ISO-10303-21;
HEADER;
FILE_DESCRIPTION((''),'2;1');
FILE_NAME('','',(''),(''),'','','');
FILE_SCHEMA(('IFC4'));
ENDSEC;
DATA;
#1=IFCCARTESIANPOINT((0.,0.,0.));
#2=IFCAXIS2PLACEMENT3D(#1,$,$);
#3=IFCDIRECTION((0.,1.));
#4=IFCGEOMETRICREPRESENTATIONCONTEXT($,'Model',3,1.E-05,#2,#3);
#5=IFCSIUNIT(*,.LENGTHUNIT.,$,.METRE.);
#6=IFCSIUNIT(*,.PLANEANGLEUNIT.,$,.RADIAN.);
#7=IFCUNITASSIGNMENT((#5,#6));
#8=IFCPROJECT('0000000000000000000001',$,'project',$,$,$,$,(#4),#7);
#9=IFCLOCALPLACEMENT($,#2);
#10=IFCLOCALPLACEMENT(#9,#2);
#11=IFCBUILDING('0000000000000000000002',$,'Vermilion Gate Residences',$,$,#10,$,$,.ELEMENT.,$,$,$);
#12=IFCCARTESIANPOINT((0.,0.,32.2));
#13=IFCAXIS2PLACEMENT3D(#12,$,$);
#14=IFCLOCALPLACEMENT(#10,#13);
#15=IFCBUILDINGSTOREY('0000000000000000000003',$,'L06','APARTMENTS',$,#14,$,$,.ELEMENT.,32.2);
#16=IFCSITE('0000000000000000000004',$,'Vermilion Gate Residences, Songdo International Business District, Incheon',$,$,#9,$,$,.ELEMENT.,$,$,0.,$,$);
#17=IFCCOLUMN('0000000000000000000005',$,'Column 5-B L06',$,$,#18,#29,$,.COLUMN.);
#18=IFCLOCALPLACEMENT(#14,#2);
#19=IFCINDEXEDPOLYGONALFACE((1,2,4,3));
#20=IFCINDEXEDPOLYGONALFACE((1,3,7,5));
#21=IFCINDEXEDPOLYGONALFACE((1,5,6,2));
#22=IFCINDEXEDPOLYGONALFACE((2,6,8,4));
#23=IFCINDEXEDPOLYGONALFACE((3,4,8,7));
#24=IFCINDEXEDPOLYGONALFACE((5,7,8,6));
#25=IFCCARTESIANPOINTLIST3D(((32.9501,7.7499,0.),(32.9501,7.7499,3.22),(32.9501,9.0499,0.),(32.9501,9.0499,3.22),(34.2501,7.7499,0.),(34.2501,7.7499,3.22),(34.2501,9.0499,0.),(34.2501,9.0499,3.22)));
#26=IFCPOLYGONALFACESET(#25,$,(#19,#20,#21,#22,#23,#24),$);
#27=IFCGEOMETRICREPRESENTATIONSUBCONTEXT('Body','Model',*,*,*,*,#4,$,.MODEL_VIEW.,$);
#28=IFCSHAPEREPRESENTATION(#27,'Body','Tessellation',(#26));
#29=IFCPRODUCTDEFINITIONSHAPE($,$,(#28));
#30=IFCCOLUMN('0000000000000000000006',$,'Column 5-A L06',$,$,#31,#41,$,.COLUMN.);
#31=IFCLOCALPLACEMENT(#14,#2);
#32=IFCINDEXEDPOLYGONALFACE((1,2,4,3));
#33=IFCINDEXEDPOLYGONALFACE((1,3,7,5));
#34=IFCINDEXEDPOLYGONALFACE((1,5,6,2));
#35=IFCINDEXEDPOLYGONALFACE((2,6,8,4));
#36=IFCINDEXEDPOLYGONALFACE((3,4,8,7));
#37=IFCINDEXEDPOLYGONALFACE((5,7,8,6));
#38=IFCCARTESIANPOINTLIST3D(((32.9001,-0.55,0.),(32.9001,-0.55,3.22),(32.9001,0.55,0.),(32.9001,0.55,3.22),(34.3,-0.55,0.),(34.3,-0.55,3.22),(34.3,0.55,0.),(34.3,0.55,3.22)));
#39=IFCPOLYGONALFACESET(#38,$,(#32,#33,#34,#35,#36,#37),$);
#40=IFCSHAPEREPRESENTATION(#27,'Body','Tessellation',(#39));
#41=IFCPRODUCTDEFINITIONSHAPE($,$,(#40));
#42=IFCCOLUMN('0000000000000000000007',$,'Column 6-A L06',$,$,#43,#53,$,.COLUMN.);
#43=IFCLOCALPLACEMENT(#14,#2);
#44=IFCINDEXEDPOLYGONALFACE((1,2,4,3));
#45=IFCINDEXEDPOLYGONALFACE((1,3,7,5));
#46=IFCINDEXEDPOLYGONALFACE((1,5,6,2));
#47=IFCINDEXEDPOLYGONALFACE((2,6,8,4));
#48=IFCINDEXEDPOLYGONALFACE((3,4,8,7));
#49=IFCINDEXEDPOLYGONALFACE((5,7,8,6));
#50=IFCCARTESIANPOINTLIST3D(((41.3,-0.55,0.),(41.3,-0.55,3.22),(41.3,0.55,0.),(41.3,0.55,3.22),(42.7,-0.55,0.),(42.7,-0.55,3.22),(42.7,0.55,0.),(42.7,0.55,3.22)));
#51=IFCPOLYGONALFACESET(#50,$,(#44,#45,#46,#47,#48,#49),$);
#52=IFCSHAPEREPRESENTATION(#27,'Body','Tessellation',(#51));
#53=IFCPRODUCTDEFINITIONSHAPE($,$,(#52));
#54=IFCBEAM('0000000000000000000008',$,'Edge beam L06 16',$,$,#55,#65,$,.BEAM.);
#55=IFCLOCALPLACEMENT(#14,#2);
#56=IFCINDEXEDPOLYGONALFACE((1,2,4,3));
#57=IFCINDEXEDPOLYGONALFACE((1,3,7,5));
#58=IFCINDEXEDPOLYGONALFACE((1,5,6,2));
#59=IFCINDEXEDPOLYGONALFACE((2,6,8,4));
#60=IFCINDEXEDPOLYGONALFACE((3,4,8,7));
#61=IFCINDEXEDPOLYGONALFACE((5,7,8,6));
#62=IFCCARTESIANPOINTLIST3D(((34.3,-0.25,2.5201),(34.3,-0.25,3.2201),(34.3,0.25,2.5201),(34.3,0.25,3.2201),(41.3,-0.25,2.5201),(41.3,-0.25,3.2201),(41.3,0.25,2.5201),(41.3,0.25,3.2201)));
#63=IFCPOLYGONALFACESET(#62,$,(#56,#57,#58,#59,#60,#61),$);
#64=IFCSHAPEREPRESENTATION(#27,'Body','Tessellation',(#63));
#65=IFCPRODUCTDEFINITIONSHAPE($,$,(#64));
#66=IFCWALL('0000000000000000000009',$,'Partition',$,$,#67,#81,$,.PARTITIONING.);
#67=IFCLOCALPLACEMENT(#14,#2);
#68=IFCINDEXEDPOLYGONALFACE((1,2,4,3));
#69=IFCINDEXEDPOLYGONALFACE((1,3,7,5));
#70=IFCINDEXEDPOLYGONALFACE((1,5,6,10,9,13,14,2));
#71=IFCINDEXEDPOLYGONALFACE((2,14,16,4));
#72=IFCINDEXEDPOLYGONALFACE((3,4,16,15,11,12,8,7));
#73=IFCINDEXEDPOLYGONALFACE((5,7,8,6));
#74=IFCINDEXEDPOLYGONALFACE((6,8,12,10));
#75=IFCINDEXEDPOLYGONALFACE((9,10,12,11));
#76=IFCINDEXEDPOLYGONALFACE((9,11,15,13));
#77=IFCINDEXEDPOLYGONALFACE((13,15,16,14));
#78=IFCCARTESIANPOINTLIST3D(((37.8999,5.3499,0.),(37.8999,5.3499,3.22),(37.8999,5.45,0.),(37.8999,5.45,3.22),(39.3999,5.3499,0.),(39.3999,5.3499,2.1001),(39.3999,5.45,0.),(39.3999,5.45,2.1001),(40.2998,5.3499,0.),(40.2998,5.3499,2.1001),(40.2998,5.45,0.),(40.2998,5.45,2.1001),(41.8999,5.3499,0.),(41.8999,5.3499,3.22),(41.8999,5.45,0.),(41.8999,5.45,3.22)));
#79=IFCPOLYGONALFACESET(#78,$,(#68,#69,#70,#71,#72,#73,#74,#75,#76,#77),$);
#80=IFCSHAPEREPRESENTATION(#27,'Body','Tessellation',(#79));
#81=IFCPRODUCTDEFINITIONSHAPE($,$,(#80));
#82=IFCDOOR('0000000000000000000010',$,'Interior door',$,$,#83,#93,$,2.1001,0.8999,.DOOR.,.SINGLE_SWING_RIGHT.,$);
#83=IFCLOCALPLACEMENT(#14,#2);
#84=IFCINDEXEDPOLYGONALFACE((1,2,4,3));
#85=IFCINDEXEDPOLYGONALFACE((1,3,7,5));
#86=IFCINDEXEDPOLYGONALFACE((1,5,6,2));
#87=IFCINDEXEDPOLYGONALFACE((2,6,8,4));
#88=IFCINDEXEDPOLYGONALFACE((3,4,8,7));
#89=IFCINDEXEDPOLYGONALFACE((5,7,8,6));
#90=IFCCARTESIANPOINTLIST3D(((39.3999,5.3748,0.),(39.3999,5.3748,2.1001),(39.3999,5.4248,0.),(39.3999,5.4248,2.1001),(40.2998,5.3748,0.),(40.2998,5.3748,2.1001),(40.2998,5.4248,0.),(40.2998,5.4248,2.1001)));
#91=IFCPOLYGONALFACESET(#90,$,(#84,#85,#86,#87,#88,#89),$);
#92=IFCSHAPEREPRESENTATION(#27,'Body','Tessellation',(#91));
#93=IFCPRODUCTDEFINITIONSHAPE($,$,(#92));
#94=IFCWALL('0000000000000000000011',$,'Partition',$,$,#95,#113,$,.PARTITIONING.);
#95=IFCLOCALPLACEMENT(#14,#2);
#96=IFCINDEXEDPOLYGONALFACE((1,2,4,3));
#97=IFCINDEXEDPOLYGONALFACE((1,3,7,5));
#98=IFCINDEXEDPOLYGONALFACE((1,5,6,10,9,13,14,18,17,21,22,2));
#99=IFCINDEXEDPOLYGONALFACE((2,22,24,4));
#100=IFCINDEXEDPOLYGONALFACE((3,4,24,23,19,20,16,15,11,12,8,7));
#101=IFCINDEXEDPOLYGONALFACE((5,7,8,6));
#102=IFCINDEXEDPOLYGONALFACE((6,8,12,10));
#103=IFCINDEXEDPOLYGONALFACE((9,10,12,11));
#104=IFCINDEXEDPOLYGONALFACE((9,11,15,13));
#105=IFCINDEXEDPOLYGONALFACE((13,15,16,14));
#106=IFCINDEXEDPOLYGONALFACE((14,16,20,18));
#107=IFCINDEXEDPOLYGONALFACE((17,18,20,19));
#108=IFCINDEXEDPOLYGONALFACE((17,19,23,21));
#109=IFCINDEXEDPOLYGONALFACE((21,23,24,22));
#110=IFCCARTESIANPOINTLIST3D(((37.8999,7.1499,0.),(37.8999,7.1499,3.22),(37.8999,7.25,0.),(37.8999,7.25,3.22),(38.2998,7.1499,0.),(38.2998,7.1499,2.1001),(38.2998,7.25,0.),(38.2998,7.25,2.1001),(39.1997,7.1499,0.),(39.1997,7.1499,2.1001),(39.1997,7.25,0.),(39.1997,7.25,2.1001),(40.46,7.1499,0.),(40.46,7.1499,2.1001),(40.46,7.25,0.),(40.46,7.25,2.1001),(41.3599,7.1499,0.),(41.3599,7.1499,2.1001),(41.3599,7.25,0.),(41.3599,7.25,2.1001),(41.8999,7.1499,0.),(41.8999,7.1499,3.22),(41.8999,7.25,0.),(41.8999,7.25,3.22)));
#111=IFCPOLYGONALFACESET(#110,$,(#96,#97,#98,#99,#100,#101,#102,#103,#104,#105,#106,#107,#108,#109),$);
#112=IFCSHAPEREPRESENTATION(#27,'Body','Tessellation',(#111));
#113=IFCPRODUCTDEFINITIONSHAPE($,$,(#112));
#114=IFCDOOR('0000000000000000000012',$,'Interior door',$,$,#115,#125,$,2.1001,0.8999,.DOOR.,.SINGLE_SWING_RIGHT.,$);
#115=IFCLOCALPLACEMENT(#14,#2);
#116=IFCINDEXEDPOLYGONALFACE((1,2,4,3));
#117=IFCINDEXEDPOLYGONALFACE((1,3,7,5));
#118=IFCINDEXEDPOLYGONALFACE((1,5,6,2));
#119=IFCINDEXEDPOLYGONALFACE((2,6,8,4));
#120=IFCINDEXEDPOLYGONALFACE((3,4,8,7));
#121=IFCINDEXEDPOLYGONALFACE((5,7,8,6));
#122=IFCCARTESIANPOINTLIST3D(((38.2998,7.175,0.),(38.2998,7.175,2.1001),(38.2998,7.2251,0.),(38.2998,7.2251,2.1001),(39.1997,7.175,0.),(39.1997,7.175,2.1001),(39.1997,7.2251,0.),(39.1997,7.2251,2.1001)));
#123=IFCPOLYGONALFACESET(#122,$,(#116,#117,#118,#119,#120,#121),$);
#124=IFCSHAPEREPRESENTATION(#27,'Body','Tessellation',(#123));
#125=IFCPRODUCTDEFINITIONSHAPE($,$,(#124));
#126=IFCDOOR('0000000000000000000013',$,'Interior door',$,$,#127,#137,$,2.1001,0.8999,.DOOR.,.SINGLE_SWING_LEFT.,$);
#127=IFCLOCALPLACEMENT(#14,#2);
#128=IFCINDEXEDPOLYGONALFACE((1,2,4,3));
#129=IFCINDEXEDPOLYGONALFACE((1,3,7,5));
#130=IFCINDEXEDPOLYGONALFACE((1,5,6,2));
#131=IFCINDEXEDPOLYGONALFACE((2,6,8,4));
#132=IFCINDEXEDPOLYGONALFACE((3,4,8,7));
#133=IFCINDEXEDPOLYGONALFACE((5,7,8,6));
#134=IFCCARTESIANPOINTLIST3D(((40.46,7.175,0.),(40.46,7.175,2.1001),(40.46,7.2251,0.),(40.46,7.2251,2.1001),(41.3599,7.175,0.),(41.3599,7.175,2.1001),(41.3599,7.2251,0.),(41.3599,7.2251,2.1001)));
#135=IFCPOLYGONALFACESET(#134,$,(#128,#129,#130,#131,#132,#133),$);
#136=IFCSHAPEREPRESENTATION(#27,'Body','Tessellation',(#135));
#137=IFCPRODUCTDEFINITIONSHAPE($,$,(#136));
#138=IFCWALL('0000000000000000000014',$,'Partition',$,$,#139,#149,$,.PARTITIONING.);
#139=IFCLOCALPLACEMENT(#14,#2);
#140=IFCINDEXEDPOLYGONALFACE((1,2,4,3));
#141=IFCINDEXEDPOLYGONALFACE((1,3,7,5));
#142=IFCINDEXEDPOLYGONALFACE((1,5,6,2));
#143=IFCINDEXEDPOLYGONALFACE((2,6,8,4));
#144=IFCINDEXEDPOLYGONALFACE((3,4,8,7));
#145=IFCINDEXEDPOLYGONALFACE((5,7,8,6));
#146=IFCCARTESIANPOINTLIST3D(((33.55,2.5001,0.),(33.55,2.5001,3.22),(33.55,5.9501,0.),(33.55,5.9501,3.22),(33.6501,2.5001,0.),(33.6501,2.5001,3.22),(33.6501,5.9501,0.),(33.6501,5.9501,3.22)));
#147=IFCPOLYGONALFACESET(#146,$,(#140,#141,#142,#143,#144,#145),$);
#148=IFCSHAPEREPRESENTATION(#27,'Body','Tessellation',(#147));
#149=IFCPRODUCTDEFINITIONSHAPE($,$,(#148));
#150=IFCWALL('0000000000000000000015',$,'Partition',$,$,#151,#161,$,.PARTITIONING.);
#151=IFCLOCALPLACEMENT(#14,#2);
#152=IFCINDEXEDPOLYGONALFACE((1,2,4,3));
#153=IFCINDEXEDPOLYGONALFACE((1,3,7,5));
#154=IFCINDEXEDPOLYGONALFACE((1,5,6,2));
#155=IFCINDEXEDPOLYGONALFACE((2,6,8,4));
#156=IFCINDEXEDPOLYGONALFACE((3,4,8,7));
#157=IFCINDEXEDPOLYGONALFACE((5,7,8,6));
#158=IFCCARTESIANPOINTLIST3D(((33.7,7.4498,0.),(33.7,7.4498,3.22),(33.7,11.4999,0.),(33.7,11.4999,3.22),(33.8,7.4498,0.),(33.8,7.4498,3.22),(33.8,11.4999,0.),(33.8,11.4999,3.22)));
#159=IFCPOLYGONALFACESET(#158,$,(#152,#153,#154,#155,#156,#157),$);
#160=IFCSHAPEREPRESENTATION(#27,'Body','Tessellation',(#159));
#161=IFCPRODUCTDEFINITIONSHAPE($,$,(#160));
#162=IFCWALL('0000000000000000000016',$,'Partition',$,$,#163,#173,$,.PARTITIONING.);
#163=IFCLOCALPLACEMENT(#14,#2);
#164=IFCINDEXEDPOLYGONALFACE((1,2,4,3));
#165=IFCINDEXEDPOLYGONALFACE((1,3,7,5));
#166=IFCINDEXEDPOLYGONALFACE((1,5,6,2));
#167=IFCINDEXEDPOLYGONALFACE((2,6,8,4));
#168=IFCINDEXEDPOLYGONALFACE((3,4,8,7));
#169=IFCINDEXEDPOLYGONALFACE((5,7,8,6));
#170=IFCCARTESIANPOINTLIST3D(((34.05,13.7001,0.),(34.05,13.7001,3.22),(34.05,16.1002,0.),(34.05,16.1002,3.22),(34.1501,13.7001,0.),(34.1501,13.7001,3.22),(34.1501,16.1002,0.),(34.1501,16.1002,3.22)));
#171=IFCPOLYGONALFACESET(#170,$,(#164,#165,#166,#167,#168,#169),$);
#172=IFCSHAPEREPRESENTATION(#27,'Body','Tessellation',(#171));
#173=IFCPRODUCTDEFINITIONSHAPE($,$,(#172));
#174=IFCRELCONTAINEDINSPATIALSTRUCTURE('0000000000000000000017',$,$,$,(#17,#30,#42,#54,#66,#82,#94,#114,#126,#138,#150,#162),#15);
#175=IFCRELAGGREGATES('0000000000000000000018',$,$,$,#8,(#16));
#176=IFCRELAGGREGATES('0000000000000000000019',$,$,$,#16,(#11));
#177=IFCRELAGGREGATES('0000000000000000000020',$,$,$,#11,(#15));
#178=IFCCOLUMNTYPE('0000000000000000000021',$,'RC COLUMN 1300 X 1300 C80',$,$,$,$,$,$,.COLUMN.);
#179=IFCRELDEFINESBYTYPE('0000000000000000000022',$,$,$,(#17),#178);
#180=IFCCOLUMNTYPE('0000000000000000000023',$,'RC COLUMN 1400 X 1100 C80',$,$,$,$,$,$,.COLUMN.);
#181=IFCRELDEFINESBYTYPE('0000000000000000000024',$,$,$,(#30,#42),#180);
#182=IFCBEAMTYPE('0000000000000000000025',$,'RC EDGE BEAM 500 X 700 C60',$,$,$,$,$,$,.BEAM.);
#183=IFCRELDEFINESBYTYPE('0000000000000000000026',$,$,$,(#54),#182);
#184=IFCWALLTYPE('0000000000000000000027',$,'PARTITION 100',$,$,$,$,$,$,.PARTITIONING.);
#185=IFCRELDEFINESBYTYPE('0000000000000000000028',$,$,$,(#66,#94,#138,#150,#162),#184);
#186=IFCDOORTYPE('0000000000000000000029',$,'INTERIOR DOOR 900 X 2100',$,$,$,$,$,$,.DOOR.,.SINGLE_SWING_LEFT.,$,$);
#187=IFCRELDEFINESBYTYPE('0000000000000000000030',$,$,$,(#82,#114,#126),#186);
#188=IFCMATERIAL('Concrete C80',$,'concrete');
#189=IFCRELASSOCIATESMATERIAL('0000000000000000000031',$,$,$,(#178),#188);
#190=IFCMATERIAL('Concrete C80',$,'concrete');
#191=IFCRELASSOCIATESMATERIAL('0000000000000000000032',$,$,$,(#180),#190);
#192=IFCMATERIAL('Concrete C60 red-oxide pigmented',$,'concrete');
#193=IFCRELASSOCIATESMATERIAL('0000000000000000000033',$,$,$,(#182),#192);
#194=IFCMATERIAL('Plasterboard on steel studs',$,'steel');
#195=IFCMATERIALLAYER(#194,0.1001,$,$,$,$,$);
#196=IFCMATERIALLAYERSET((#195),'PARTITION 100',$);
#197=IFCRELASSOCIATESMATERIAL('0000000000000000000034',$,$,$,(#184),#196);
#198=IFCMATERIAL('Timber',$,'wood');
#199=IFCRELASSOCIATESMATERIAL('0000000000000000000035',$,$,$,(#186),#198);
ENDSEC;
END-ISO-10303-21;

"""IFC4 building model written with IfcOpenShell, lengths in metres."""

from ifc_helpers import new_model, si_unit, direction, frame, frame_2d, origin, origin_2d, place, context, subcontext, project, spatial, rectangle, extrude, material, layer, layer_set, material_profile, profile_set, type_object, element, fill, save


model = new_model("IFC4")

# Units and contexts
model_context = context("Model", 3, precision=1e-05, world=origin(), true_north=direction((0.0, 1.0)))
body_context = subcontext(model_context, "Body", "Model", "MODEL_VIEW")
ifc_project = project(units=[si_unit("LENGTHUNIT", "METRE"), si_unit("PLANEANGLEUNIT", "RADIAN")], contexts=[model_context])

# Site, building, storey
site_placement = place(None, origin())
site = spatial("IfcSite", under=ifc_project, at=site_placement, Name="Vermilion Gate Residences, Songdo International Business District, Incheon", CompositionType="ELEMENT", RefElevation=0.0)
building_placement = place(site_placement, origin())
building = spatial("IfcBuilding", under=site, at=building_placement, Name="Vermilion Gate Residences", CompositionType="ELEMENT")
storey_placement = place(building_placement, frame((0.0, 0.0, 32.2)))
storey = spatial("IfcBuildingStorey", under=building, at=storey_placement, Name="L06", Description="APARTMENTS", CompositionType="ELEMENT", Elevation=32.2)

# Columns
ifc_material_1 = material(Name="Concrete C80", Category="concrete")
ifc_material_profile_1 = material_profile(ifc_material_1, rectangle(XDim=1.3, YDim=1.3, at=origin_2d()), Name="RC-1300x1300")
ifc_profile_set_1 = profile_set([ifc_material_profile_1], Name="Concrete C80")
column_type_1 = type_object("IfcColumnType", Name="RC COLUMN 1300 X 1300 C80", PredefinedType="COLUMN", material=ifc_profile_set_1)
column_placement = place(storey_placement, frame((33.6001, 8.3999, 0.0), z_axis=(0.0, 0.0, 1.0), x_axis=(1.0, 0.0, 0.0)))
element("IfcColumn", 1, at=column_placement, inside=storey, type_object=column_type_1, Name="Column 5-B L06", PredefinedType="COLUMN", context=body_context, shape_type="SweptSolid", body=[
    extrude(rectangle(XDim=1.3, YDim=1.3, at=origin_2d()), origin(), (0.0, 0.0, 1.0), 3.22),
])
ifc_material_2 = material(Name="Concrete C80", Category="concrete")
ifc_material_profile_2 = material_profile(ifc_material_2, rectangle(XDim=1.3999, YDim=1.1001, at=origin_2d()), Name="RC-1400x1100")
ifc_profile_set_2 = profile_set([ifc_material_profile_2], Name="Concrete C80")
column_type_2 = type_object("IfcColumnType", Name="RC COLUMN 1400 X 1100 C80", PredefinedType="COLUMN", material=ifc_profile_set_2)
for number, where, z_axis, x_axis, name in (
    (2, (33.6001, 0.0, 0.0), (0.0, 0.0, 1.0), (1.0, 0.0, 0.0), "Column 5-A L06"),
    (3, (42.0, 0.0, 0.0), (0.0, 0.0, 1.0), (1.0, 0.0, 0.0), "Column 6-A L06"),
):
    element("IfcColumn", number, at=place(storey_placement, frame(where, z_axis=z_axis, x_axis=x_axis)), inside=storey, type_object=column_type_2, Name=name, PredefinedType="COLUMN", context=body_context, shape_type="SweptSolid", body=[
        extrude(rectangle(XDim=1.3999, YDim=1.1001, at=origin_2d()), origin(), (0.0, 0.0, 1.0), 3.22),
    ])

# Beam
ifc_material_3 = material(Name="Concrete C60 red-oxide pigmented", Category="concrete")
ifc_material_profile_3 = material_profile(ifc_material_3, rectangle(XDim=0.5, YDim=0.7, at=origin_2d()), Name="RC-500x700")
ifc_profile_set_3 = profile_set([ifc_material_profile_3], Name="Concrete C60 red-oxide pigmented")
beam_type = type_object("IfcBeamType", Name="RC EDGE BEAM 500 X 700 C60", PredefinedType="BEAM", material=ifc_profile_set_3)
beam_placement = place(storey_placement, frame((34.3, 0.0, 2.8701), z_axis=(1.0, 0.0, 0.0), x_axis=(0.0, 1.0, 0.0)))
element("IfcBeam", 4, at=beam_placement, inside=storey, type_object=beam_type, Name="Edge beam L06 16", PredefinedType="BEAM", context=body_context, shape_type="SweptSolid", body=[
    extrude(rectangle(XDim=0.5, YDim=0.7, at=origin_2d()), origin(), (0.0, 0.0, 1.0), 7.0),
])

# Wall, opening, door
ifc_material_4 = material(Name="Plasterboard on steel studs", Category="steel")
ifc_layer_1 = layer(ifc_material_4, 0.1001)
ifc_layer_set_1 = layer_set([ifc_layer_1], Name="PARTITION 100")
wall_type_1 = type_object("IfcWallType", Name="PARTITION 100", PredefinedType="PARTITIONING", material=ifc_layer_set_1)
wall_1_placement = place(storey_placement, frame((37.8999, 5.3999, 0.0), z_axis=(0.0, 0.0, 1.0), x_axis=(1.0, 0.0, 0.0)))
wall_1 = element("IfcWall", 5, at=wall_1_placement, inside=storey, type_object=wall_type_1, Name="Partition", PredefinedType="PARTITIONING", context=body_context, shape_type="SweptSolid", body=[
    extrude(rectangle(XDim=4.0, YDim=0.1001, at=frame_2d((2.0, 0.0))), origin(), (0.0, 0.0, 1.0), 3.22),
])
opening_1_placement = place(wall_1_placement, frame((1.5, 0.0, 0.0)))
opening_1 = element("IfcOpeningElement", 6, at=opening_1_placement, cuts=wall_1, PredefinedType="OPENING", context=body_context, shape_type="SweptSolid", body=[
    extrude(rectangle(XDim=0.8999, YDim=2.1001, at=frame_2d((0.45, 1.05))), frame((0.0, 0.0601, 0.0), z_axis=(0.0, -1.0, 0.0), x_axis=(1.0, 0.0, 0.0)), (0.0, 0.0, 1.0), 0.1201),
])
ifc_material_5 = material(Name="Timber", Category="wood")
door_type_1 = type_object("IfcDoorType", Name="INTERIOR DOOR 900 X 2100", OperationType="SINGLE_SWING_LEFT", PredefinedType="DOOR", material=ifc_material_5)
door_1_placement = place(opening_1_placement, origin())
door_1 = element("IfcDoor", 7, at=door_1_placement, inside=storey, type_object=door_type_1, Name="Interior door", OperationType="SINGLE_SWING_RIGHT", OverallHeight=2.1001, OverallWidth=0.8999, PredefinedType="DOOR", context=body_context, shape_type="SweptSolid", body=[
    extrude(rectangle(XDim=0.8999, YDim=2.1001, at=frame_2d((0.45, 1.05))), frame((0.0, 0.0249, 0.0), z_axis=(0.0, -1.0, 0.0), x_axis=(1.0, 0.0, 0.0)), (0.0, 0.0, 1.0), 0.05),
])
fill(opening_1, door_1)

# Wall, openings, doors
wall_2_placement = place(storey_placement, frame((37.8999, 7.2, 0.0), z_axis=(0.0, 0.0, 1.0), x_axis=(1.0, 0.0, 0.0)))
wall_2 = element("IfcWall", 8, at=wall_2_placement, inside=storey, type_object=wall_type_1, Name="Partition", PredefinedType="PARTITIONING", context=body_context, shape_type="SweptSolid", body=[
    extrude(rectangle(XDim=4.0, YDim=0.1001, at=frame_2d((2.0, 0.0))), origin(), (0.0, 0.0, 1.0), 3.22),
])
opening_2_placement = place(wall_2_placement, frame((0.3999, 0.0, 0.0)))
opening_2 = element("IfcOpeningElement", 9, at=opening_2_placement, cuts=wall_2, PredefinedType="OPENING", context=body_context, shape_type="SweptSolid", body=[
    extrude(rectangle(XDim=0.8999, YDim=2.1001, at=frame_2d((0.45, 1.05))), frame((0.0, 0.0601, 0.0), z_axis=(0.0, -1.0, 0.0), x_axis=(1.0, 0.0, 0.0)), (0.0, 0.0, 1.0), 0.1201),
])
opening_3_placement = place(wall_2_placement, frame((2.5601, 0.0, 0.0)))
opening_3 = element("IfcOpeningElement", 10, at=opening_3_placement, cuts=wall_2, PredefinedType="OPENING", context=body_context, shape_type="SweptSolid", body=[
    extrude(rectangle(XDim=0.8999, YDim=2.1001, at=frame_2d((0.45, 1.05))), frame((0.0, 0.0601, 0.0), z_axis=(0.0, -1.0, 0.0), x_axis=(1.0, 0.0, 0.0)), (0.0, 0.0, 1.0), 0.1201),
])
door_2_placement = place(opening_2_placement, frame((0.8999, 0.0, 0.0), z_axis=(0.0, 0.0, 1.0), x_axis=(-1.0, 0.0, 0.0)))
door_2 = element("IfcDoor", 11, at=door_2_placement, inside=storey, type_object=door_type_1, Name="Interior door", OperationType="SINGLE_SWING_RIGHT", OverallHeight=2.1001, OverallWidth=0.8999, PredefinedType="DOOR", context=body_context, shape_type="SweptSolid", body=[
    extrude(rectangle(XDim=0.8999, YDim=2.1001, at=frame_2d((0.45, 1.05))), frame((0.0, 0.0249, 0.0), z_axis=(0.0, -1.0, 0.0), x_axis=(1.0, 0.0, 0.0)), (0.0, 0.0, 1.0), 0.05),
])
fill(opening_2, door_2)
door_3_placement = place(opening_3_placement, frame((0.8999, 0.0, 0.0), z_axis=(0.0, 0.0, 1.0), x_axis=(-1.0, 0.0, 0.0)))
door_3 = element("IfcDoor", 12, at=door_3_placement, inside=storey, type_object=door_type_1, Name="Interior door", OperationType="SINGLE_SWING_LEFT", OverallHeight=2.1001, OverallWidth=0.8999, PredefinedType="DOOR", context=body_context, shape_type="SweptSolid", body=[
    extrude(rectangle(XDim=0.8999, YDim=2.1001, at=frame_2d((0.45, 1.05))), frame((0.0, 0.0249, 0.0), z_axis=(0.0, -1.0, 0.0), x_axis=(1.0, 0.0, 0.0)), (0.0, 0.0, 1.0), 0.05),
])
fill(opening_3, door_3)

# Walls
wall_3_placement = place(storey_placement, frame((33.6001, 2.5, 0.0), z_axis=(0.0, 0.0, 1.0), x_axis=(0.0, 1.0, 0.0)))
element("IfcWall", 13, at=wall_3_placement, inside=storey, type_object=wall_type_1, Name="Partition", PredefinedType="PARTITIONING", context=body_context, shape_type="SweptSolid", body=[
    extrude(rectangle(XDim=3.45, YDim=0.1001, at=frame_2d((1.7251, 0.0))), origin(), (0.0, 0.0, 1.0), 3.22),
])
wall_4_placement = place(storey_placement, frame((33.75, 7.45, 0.0), z_axis=(0.0, 0.0, 1.0), x_axis=(0.0, 1.0, 0.0)))
element("IfcWall", 14, at=wall_4_placement, inside=storey, type_object=wall_type_1, Name="Partition", PredefinedType="PARTITIONING", context=body_context, shape_type="SweptSolid", body=[
    extrude(rectangle(XDim=4.05, YDim=0.1001, at=frame_2d((2.0249, 0.0))), origin(), (0.0, 0.0, 1.0), 3.22),
])
wall_5_placement = place(storey_placement, frame((34.1001, 13.7, 0.0), z_axis=(0.0, 0.0, 1.0), x_axis=(0.0, 1.0, 0.0)))
element("IfcWall", 15, at=wall_5_placement, inside=storey, type_object=wall_type_1, Name="Partition", PredefinedType="PARTITIONING", context=body_context, shape_type="SweptSolid", body=[
    extrude(rectangle(XDim=2.4001, YDim=0.1001, at=frame_2d((1.2002, 0.0))), origin(), (0.0, 0.0, 1.0), 3.22),
])

save(model, "model.ifc")
